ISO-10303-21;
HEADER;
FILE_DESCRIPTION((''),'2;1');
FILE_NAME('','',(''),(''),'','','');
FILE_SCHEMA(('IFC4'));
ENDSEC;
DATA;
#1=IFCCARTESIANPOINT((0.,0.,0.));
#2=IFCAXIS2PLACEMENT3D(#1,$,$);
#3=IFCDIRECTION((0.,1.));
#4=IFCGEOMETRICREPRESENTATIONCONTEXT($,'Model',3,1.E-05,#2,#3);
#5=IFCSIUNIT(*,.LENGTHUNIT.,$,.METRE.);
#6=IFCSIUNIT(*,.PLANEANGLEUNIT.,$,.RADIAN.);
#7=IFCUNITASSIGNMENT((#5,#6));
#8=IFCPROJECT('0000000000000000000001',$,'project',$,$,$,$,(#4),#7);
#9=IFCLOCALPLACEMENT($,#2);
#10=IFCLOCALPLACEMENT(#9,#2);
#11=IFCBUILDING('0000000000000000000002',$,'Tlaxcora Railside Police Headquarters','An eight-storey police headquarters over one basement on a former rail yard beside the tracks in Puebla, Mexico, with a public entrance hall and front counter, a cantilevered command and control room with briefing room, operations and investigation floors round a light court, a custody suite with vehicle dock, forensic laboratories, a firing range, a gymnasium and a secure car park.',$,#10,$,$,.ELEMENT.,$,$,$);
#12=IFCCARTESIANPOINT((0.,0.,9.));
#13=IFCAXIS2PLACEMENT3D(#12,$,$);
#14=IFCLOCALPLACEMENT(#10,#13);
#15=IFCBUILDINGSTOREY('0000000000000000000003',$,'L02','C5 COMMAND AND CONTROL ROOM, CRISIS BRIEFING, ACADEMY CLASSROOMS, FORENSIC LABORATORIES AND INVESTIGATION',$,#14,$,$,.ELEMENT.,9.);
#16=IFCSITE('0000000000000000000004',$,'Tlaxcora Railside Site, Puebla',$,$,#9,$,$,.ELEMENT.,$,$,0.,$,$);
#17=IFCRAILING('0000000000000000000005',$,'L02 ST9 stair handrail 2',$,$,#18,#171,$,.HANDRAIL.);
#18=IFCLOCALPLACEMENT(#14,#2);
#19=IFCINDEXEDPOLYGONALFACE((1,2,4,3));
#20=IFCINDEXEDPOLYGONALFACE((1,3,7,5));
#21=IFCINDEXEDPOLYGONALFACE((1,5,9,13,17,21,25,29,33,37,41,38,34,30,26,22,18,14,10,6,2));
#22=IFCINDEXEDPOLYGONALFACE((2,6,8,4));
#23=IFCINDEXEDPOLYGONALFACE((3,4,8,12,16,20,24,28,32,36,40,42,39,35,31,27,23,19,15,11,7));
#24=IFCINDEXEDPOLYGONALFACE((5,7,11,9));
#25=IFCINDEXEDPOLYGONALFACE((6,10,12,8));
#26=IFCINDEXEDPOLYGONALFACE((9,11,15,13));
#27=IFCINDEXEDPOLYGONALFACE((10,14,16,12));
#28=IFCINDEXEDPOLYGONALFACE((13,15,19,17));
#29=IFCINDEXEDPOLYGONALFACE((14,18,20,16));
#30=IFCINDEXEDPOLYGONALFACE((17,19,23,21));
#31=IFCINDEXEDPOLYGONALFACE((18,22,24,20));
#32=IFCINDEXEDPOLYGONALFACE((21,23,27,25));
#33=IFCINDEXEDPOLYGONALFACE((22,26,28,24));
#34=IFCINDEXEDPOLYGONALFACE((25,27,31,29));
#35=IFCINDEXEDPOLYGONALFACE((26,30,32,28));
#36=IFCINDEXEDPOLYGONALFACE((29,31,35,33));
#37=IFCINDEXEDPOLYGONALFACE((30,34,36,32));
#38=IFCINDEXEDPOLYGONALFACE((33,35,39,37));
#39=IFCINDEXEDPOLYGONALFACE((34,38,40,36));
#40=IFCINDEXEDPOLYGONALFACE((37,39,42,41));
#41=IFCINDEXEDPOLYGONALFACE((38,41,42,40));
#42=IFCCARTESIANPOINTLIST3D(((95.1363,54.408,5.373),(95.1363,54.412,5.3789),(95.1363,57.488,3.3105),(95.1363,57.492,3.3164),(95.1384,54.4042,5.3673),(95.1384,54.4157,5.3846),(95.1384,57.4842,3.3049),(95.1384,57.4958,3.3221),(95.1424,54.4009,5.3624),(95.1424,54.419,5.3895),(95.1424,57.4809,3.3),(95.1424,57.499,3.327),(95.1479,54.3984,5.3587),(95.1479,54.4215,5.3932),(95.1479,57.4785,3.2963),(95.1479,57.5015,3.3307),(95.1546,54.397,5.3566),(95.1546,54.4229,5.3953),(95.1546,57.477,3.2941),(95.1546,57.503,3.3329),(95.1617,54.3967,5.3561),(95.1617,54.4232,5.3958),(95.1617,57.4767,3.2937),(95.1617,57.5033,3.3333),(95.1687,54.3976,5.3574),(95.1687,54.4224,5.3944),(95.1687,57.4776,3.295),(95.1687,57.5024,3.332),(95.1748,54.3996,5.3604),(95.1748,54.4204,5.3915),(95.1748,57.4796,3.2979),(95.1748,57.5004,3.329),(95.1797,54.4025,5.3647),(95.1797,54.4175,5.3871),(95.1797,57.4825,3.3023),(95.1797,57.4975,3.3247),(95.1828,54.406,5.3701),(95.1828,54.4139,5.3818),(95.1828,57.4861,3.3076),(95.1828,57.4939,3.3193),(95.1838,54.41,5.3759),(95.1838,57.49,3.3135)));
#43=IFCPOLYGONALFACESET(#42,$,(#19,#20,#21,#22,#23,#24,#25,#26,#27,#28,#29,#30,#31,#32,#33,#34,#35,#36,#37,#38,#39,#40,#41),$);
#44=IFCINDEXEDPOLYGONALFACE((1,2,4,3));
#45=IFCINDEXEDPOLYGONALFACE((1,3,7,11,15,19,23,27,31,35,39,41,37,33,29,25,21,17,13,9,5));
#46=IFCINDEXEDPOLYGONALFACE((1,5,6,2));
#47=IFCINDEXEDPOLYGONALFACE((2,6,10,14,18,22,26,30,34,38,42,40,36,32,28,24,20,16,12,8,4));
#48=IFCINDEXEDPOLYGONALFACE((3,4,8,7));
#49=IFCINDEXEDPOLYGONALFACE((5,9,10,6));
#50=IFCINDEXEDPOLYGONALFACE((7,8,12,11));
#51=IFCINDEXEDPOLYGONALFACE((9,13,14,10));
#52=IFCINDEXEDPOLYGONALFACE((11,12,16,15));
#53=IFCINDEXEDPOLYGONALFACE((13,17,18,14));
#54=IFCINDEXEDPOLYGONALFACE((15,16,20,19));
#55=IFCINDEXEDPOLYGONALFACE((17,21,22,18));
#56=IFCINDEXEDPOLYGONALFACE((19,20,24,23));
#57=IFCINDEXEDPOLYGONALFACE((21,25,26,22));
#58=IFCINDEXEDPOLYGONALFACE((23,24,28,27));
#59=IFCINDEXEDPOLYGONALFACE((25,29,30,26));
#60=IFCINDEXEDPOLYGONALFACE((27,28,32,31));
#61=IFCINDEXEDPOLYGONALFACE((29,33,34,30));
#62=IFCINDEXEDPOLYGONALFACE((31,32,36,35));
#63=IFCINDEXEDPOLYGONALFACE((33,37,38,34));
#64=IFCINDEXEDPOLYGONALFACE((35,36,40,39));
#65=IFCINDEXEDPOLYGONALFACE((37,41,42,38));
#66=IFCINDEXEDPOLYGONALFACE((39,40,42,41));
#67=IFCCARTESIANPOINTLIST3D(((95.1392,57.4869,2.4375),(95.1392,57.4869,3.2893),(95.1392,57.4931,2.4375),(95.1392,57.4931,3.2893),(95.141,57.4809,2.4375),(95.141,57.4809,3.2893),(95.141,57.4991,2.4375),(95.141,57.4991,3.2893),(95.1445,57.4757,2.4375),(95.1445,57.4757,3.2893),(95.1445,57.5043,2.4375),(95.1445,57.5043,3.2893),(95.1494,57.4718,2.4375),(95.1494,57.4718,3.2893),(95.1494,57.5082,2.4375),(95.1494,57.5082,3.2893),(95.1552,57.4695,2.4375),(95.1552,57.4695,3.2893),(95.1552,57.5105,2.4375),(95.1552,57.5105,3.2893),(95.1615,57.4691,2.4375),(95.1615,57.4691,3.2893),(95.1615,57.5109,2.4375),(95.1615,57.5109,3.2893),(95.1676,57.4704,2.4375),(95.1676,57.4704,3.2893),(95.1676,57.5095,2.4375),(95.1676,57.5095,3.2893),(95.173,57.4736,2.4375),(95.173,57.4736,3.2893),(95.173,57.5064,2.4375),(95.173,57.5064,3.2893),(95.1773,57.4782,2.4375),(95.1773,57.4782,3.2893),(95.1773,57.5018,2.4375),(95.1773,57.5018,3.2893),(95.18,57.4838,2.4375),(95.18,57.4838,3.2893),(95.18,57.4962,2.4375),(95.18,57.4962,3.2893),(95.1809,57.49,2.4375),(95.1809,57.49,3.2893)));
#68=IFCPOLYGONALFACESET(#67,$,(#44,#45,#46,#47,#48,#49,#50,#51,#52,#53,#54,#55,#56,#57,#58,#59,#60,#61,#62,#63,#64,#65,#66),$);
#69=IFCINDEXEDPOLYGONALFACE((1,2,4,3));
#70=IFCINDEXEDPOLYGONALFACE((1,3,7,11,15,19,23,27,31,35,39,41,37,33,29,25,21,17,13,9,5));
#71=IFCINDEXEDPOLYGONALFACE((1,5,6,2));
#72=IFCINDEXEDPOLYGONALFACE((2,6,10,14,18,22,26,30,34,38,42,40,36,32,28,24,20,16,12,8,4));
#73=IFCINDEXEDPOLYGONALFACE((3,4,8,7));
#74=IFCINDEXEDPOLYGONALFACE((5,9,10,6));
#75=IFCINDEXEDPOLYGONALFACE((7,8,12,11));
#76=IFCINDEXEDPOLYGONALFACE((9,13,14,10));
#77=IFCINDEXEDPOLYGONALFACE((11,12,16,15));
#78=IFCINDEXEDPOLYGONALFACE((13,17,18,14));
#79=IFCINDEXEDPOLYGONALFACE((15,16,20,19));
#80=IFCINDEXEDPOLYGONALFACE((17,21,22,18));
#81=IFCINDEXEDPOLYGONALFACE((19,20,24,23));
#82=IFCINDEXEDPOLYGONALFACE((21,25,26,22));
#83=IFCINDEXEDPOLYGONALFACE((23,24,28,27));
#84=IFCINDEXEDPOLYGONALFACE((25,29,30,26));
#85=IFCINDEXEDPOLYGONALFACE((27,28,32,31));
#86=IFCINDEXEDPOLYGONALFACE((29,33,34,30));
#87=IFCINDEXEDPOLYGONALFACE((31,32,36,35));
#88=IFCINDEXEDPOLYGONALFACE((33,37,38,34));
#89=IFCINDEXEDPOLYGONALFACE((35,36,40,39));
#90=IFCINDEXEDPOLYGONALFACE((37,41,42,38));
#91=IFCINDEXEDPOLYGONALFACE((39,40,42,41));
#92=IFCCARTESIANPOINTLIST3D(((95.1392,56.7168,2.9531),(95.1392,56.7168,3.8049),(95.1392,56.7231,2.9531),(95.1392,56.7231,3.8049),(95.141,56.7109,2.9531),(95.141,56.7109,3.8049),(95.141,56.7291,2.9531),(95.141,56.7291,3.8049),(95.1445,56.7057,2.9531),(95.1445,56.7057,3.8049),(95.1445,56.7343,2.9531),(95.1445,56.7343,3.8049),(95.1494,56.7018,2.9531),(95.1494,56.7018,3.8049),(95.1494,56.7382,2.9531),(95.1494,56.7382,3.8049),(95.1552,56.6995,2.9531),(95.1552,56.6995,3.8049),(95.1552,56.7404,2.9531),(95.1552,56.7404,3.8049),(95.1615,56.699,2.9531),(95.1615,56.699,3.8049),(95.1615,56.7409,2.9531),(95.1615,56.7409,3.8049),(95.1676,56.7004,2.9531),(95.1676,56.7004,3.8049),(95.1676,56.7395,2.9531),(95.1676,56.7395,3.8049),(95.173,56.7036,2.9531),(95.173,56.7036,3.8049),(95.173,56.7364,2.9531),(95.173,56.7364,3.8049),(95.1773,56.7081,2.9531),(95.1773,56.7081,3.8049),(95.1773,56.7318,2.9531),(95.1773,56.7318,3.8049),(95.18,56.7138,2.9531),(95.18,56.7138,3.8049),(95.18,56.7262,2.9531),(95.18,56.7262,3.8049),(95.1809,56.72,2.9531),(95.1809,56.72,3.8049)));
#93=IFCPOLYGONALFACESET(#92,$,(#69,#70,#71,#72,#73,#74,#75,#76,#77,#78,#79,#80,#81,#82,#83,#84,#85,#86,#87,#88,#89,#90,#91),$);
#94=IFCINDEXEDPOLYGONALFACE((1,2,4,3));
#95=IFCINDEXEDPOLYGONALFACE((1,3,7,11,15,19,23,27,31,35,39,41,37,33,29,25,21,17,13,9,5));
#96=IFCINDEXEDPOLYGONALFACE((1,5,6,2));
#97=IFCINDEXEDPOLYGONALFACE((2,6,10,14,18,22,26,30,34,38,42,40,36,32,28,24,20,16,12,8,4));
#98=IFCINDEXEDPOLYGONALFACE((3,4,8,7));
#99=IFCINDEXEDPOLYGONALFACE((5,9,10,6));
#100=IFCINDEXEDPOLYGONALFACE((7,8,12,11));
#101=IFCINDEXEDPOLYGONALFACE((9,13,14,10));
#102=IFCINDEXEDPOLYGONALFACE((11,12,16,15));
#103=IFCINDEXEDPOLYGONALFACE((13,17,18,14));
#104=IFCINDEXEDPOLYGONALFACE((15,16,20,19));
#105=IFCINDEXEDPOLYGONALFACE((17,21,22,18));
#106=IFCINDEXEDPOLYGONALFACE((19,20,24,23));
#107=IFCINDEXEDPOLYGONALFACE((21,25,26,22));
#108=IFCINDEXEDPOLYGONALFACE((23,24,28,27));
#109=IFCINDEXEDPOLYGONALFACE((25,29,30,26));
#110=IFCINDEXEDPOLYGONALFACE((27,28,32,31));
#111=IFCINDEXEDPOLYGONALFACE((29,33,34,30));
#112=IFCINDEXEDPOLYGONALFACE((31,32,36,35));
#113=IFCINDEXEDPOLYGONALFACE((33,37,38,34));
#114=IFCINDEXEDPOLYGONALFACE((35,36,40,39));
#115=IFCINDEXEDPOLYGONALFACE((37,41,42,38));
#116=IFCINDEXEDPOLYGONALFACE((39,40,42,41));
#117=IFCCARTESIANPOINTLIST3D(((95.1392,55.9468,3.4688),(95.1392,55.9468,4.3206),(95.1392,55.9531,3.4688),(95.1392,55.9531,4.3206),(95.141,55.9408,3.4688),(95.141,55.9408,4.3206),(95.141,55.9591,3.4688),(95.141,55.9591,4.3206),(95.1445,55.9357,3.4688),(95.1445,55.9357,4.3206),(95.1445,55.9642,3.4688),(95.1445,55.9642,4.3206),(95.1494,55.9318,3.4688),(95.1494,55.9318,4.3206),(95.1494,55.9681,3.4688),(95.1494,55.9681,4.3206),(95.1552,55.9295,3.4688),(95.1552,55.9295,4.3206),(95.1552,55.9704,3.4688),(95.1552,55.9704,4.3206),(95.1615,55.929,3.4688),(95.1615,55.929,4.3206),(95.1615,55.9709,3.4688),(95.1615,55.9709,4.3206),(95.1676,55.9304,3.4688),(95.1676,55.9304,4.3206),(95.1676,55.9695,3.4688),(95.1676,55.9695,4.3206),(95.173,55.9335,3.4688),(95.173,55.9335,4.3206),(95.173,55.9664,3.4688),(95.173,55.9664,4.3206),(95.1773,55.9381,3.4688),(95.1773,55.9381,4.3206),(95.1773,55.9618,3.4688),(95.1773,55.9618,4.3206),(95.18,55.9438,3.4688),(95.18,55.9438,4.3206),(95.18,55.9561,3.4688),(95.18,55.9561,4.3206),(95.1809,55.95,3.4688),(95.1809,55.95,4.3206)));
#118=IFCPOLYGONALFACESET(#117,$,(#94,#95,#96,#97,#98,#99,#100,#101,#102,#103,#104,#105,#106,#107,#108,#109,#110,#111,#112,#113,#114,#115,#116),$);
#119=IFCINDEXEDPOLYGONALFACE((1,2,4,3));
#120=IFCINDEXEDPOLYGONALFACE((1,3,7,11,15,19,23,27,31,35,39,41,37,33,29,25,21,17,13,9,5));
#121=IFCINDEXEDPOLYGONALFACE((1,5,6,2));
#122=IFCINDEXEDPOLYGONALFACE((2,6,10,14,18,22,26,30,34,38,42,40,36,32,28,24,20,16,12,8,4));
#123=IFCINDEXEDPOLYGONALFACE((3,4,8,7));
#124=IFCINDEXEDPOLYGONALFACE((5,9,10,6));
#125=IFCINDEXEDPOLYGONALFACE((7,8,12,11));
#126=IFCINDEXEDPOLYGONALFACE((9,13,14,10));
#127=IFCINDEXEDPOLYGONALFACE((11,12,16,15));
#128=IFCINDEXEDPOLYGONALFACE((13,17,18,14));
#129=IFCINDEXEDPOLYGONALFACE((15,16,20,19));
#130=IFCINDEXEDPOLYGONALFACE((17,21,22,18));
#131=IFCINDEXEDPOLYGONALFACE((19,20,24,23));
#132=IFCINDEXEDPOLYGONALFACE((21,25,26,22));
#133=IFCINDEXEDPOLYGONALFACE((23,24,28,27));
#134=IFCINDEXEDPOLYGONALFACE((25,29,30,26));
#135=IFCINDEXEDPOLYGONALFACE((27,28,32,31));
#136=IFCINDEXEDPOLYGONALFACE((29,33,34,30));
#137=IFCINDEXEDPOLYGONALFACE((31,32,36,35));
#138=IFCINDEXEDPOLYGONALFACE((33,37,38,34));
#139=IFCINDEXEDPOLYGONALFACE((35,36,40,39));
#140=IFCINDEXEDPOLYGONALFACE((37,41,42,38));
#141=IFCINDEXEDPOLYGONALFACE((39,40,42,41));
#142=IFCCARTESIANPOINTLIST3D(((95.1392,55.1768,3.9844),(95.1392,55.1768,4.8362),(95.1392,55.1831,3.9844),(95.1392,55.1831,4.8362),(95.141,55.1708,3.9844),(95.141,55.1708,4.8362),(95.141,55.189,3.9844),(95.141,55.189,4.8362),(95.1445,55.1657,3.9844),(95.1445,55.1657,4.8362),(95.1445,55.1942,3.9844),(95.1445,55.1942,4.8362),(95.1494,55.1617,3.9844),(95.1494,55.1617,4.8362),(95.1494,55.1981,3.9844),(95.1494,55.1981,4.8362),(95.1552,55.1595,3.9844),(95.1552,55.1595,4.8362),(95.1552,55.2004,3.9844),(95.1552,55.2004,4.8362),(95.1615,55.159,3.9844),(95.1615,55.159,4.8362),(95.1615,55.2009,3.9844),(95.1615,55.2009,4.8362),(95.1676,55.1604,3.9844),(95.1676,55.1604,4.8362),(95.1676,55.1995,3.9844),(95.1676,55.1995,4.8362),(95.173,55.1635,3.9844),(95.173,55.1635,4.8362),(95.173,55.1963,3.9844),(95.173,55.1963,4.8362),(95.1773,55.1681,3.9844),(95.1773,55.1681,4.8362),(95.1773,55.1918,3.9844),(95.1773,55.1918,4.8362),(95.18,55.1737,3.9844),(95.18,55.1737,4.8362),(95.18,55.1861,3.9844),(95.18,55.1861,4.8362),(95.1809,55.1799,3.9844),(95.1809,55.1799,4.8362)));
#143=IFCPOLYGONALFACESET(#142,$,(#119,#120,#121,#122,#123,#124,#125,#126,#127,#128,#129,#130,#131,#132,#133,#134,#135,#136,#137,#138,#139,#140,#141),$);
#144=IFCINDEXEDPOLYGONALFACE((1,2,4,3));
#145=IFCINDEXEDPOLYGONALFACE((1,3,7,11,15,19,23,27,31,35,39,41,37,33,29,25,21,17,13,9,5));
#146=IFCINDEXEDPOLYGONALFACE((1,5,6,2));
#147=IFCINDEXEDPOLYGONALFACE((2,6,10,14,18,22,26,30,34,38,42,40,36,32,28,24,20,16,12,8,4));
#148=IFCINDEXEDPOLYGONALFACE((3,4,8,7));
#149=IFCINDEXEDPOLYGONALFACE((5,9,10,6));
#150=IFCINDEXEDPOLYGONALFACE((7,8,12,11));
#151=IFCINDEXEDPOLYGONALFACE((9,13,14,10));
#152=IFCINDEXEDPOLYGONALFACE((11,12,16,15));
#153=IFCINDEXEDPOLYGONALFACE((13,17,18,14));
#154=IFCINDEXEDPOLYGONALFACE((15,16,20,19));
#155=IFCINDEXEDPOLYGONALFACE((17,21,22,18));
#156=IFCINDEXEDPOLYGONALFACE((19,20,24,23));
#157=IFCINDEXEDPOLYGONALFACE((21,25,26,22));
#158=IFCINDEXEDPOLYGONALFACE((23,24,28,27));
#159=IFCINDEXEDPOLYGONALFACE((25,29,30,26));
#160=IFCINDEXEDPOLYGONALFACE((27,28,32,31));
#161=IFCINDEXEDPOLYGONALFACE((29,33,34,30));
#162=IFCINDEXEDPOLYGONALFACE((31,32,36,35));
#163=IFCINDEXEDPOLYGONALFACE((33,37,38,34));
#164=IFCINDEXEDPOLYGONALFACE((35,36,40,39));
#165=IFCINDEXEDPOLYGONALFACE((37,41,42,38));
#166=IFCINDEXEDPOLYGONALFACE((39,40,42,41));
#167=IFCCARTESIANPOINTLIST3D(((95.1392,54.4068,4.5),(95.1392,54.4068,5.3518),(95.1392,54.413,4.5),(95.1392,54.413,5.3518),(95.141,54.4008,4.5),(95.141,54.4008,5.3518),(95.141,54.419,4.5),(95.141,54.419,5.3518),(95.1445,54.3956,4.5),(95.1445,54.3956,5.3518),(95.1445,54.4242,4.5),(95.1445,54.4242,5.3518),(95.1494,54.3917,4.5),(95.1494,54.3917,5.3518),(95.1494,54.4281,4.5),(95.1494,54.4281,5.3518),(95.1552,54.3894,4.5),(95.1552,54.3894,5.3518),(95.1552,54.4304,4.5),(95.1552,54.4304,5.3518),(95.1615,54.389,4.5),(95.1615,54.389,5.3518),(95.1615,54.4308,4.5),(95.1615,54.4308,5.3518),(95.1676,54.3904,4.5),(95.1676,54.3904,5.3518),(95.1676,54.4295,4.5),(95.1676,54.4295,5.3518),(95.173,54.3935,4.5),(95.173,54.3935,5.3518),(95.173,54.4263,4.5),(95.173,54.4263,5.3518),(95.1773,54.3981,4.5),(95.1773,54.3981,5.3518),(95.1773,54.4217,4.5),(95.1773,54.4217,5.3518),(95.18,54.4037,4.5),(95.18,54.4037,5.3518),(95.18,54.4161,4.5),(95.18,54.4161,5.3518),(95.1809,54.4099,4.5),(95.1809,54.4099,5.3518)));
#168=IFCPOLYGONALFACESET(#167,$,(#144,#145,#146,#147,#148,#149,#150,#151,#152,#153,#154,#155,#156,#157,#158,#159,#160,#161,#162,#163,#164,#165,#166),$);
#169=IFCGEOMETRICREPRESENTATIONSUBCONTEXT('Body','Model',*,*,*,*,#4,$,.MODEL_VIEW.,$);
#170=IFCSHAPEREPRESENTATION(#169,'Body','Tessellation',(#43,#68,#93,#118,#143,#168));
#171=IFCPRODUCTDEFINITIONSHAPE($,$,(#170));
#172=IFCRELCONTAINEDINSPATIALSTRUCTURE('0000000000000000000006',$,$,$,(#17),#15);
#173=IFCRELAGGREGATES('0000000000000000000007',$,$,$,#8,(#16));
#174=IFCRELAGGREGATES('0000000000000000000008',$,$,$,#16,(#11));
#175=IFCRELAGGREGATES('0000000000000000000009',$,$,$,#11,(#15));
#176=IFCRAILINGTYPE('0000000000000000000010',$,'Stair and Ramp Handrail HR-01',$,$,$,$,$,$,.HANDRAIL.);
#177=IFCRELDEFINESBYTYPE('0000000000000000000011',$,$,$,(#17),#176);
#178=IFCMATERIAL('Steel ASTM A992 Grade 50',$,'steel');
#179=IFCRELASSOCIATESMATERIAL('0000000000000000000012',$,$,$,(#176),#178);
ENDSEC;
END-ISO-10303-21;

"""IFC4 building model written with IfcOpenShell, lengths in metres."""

from ifc_helpers import new_model, si_unit, direction, frame, origin, origin_2d, place, context, subcontext, project, spatial, circle, extrude, material, type_object, element, save


model = new_model("IFC4")

# Units and contexts
model_context = context("Model", 3, precision=1e-05, world=origin(), true_north=direction((0.0, 1.0)))
body_context = subcontext(model_context, "Body", "Model", "MODEL_VIEW")
ifc_project = project(units=[si_unit("LENGTHUNIT", "METRE"), si_unit("PLANEANGLEUNIT", "RADIAN")], contexts=[model_context])

# Site, building, storey
site_placement = place(None, origin())
site = spatial("IfcSite", under=ifc_project, at=site_placement, Name="Tlaxcora Railside Site, Puebla", CompositionType="ELEMENT", RefElevation=0.0)
building_placement = place(site_placement, origin())
building = spatial("IfcBuilding", under=site, at=building_placement, Name="Tlaxcora Railside Police Headquarters", Description="An eight-storey police headquarters over one basement on a former rail yard beside the tracks in Puebla, Mexico, with a public entrance hall and front counter, a cantilevered command and control room with briefing room, operations and investigation floors round a light court, a custody suite with vehicle dock, forensic laboratories, a firing range, a gymnasium and a secure car park.", CompositionType="ELEMENT")
storey_placement = place(building_placement, frame((0.0, 0.0, 9.0)))
storey = spatial("IfcBuildingStorey", under=building, at=storey_placement, Name="L02", Description="C5 COMMAND AND CONTROL ROOM, CRISIS BRIEFING, ACADEMY CLASSROOMS, FORENSIC LABORATORIES AND INVESTIGATION", CompositionType="ELEMENT", Elevation=9.0)

# Shared definitions
ifc_material_1 = material(Name="Steel ASTM A992 Grade 50", Category="steel")

# Railing
railing_type_1 = type_object("IfcRailingType", Name="Stair and Ramp Handrail HR-01", PredefinedType="HANDRAIL", material=ifc_material_1)
railing_1_placement = place(storey_placement, frame((95.1599, 57.49, 2.4375)))
element("IfcRailing", 1, at=railing_1_placement, inside=storey, type_object=railing_type_1, Name="L02 ST9 stair handrail 2", PredefinedType="HANDRAIL", context=body_context, shape_type="SweptSolid", body=[
    extrude(circle(Radius=0.0239, at=origin_2d()), frame((0.0, 0.0, 0.876), z_axis=(0.0, -0.830914, 0.556401), x_axis=(1.0, 0.0, 0.0)), (0.0, 0.0, 1.0), 3.7068),
    extrude(circle(Radius=0.021, at=origin_2d()), origin(), (0.0, 0.0, 1.0), 0.8518),
    extrude(circle(Radius=0.021, at=origin_2d()), frame((0.0, -0.77, 0.5156)), (0.0, 0.0, 1.0), 0.8518),
    extrude(circle(Radius=0.021, at=origin_2d()), frame((0.0, -1.54, 1.0312)), (0.0, 0.0, 1.0), 0.8518),
    extrude(circle(Radius=0.021, at=origin_2d()), frame((0.0, -2.3101, 1.5469)), (0.0, 0.0, 1.0), 0.8518),
    extrude(circle(Radius=0.021, at=origin_2d()), frame((0.0, -3.0801, 2.0625)), (0.0, 0.0, 1.0), 0.8518),
])

save(model, "model.ifc")
